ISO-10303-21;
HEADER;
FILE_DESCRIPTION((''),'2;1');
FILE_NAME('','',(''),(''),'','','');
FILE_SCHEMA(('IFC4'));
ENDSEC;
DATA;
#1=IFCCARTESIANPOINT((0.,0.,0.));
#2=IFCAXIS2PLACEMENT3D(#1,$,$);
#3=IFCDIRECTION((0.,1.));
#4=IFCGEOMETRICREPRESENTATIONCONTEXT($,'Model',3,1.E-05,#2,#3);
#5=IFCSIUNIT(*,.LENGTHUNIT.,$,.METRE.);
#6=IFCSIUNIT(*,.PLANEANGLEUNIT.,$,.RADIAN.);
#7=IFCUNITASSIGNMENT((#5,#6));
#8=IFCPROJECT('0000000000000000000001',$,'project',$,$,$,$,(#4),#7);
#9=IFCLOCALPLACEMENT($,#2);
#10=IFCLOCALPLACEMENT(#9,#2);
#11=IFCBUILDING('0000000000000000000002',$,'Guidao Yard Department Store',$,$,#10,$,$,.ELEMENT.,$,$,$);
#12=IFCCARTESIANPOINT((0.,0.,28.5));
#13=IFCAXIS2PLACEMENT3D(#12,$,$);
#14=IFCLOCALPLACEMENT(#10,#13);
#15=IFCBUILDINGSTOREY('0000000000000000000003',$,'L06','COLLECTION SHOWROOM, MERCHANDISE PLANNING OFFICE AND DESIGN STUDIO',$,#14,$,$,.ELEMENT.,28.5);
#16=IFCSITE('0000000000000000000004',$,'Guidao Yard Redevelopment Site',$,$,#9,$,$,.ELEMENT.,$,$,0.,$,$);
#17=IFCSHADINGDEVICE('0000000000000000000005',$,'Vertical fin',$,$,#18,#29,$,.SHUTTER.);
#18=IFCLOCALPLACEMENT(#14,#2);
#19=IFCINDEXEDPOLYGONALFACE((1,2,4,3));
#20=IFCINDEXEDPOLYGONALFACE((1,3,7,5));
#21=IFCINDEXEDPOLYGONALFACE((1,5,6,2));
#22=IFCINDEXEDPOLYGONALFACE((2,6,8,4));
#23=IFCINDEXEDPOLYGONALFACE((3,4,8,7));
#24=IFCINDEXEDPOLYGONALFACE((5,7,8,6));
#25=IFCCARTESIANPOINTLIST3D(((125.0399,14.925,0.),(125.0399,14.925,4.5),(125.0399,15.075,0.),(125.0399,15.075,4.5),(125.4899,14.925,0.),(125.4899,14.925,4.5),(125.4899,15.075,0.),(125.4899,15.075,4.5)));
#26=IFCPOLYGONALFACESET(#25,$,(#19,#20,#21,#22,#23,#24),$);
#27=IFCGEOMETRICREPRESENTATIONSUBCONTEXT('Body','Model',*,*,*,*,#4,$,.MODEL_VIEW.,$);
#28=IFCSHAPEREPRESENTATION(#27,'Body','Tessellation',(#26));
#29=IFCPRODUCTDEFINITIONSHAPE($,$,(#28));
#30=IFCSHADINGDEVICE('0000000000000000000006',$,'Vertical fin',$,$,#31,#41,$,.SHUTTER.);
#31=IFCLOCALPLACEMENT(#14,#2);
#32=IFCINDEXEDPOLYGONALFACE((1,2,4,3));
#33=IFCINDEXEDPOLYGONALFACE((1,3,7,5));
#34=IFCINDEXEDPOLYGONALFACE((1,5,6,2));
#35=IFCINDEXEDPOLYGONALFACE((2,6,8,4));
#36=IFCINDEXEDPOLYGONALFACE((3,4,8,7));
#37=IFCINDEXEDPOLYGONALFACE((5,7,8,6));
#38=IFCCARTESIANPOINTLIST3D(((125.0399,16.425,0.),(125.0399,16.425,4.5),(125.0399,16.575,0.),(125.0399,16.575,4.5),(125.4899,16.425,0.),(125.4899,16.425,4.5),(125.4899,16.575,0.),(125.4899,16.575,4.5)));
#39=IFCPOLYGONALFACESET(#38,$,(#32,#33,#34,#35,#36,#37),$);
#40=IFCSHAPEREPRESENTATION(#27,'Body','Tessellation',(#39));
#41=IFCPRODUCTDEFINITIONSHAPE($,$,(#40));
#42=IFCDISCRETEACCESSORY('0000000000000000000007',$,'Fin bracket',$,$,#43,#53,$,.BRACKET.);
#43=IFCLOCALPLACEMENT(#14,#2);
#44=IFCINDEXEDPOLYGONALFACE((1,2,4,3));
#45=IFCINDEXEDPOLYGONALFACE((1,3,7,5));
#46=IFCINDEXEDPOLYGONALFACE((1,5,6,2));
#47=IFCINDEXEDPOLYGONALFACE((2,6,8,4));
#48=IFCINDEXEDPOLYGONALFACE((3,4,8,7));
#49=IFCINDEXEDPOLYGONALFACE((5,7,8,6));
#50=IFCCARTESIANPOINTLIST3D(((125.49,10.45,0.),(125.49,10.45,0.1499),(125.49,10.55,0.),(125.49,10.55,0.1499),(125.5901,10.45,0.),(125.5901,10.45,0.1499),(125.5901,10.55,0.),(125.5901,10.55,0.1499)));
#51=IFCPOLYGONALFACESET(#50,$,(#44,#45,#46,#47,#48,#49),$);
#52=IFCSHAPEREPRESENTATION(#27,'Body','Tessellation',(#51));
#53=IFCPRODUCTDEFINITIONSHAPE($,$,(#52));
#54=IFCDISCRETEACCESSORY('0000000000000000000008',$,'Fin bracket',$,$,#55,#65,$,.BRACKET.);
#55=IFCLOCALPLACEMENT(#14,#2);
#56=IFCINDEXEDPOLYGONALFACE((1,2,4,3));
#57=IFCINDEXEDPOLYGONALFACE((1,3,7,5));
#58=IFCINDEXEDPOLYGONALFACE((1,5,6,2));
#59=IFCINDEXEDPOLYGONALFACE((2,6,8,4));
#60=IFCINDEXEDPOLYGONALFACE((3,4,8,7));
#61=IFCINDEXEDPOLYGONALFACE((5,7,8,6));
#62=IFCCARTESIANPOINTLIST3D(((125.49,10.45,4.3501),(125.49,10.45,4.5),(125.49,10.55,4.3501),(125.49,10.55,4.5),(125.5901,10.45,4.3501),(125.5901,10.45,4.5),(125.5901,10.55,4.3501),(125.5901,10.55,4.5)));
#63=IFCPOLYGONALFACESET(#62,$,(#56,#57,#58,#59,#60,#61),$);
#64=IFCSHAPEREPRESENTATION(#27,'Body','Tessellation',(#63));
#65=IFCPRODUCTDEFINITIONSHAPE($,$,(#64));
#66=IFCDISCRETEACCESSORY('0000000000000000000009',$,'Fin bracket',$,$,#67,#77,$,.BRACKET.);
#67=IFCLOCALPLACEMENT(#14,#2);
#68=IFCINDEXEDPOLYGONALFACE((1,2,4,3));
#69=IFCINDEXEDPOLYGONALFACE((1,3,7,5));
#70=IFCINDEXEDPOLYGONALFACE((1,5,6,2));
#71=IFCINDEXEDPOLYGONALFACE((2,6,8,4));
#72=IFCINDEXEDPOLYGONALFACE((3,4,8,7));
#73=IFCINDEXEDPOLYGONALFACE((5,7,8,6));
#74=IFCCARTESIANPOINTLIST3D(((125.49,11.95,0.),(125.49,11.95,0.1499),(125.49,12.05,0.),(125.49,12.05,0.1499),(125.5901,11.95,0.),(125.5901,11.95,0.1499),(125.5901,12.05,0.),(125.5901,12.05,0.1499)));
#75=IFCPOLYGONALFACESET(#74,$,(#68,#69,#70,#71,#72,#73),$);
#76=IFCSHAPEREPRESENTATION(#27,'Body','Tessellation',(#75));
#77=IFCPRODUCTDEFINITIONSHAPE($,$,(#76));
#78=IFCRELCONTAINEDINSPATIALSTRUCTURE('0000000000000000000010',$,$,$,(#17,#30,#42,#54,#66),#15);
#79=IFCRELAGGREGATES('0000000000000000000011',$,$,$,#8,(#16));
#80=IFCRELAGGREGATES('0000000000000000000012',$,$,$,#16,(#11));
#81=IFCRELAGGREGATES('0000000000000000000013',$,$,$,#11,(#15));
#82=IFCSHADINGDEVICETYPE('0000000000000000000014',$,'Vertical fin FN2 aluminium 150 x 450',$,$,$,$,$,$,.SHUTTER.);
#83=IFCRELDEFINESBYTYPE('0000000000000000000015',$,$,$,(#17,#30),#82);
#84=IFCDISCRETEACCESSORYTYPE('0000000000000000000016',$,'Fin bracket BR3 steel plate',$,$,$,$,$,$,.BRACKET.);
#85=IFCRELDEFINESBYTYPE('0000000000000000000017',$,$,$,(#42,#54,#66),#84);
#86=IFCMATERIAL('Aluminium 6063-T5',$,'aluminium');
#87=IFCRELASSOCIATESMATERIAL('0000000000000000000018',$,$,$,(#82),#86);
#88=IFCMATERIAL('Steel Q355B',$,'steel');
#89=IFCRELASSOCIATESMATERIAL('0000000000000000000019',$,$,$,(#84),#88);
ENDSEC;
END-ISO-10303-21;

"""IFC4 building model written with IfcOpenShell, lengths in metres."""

from ifc_helpers import new_model, si_unit, direction, frame, origin, origin_2d, place, context, subcontext, project, spatial, rectangle, extrude, material, type_object, element, save


model = new_model("IFC4")

# Units and contexts
model_context = context("Model", 3, precision=1e-05, world=origin(), true_north=direction((0.0, 1.0)))
body_context = subcontext(model_context, "Body", "Model", "MODEL_VIEW")
ifc_project = project(units=[si_unit("LENGTHUNIT", "METRE"), si_unit("PLANEANGLEUNIT", "RADIAN")], contexts=[model_context])

# Site, building, storey
site_placement = place(None, origin())
site = spatial("IfcSite", under=ifc_project, at=site_placement, Name="Guidao Yard Redevelopment Site", CompositionType="ELEMENT", RefElevation=0.0)
building_placement = place(site_placement, origin())
building = spatial("IfcBuilding", under=site, at=building_placement, Name="Guidao Yard Department Store", CompositionType="ELEMENT")
storey_placement = place(building_placement, frame((0.0, 0.0, 28.5)))
storey = spatial("IfcBuildingStorey", under=building, at=storey_placement, Name="L06", Description="COLLECTION SHOWROOM, MERCHANDISE PLANNING OFFICE AND DESIGN STUDIO", CompositionType="ELEMENT", Elevation=28.5)

# Shading devices
ifc_material_1 = material(Name="Aluminium 6063-T5", Category="aluminium")
shading_device_type = type_object("IfcShadingDeviceType", Name="Vertical fin FN2 aluminium 150 x 450", PredefinedType="SHUTTER", material=ifc_material_1)
for number, where, z_axis, x_axis, name in (
    (1, (125.2649, 15.0, 0.0), (0.0, 0.0, 1.0), (0.0, 1.0, 0.0), "Vertical fin"),
    (2, (125.2649, 16.5, 0.0), (0.0, 0.0, 1.0), (0.0, 1.0, 0.0), "Vertical fin"),
):
    element("IfcShadingDevice", number, at=place(storey_placement, frame(where, z_axis=z_axis, x_axis=x_axis)), inside=storey, type_object=shading_device_type, Name=name, PredefinedType="SHUTTER", context=body_context, shape_type="SweptSolid", body=[
        extrude(rectangle(XDim=0.1499, YDim=0.45, at=origin_2d()), origin(), (0.0, 0.0, 1.0), 4.5),
    ])

# Discrete accessories
ifc_material_2 = material(Name="Steel Q355B", Category="steel")
discrete_accessory_type = type_object("IfcDiscreteAccessoryType", Name="Fin bracket BR3 steel plate", PredefinedType="BRACKET", material=ifc_material_2)
for number, where, z_axis, x_axis, name in (
    (3, (125.54, 10.5, 0.0), (0.0, 0.0, 1.0), (0.0, 1.0, 0.0), "Fin bracket"),
    (4, (125.54, 10.5, 4.3501), (0.0, 0.0, 1.0), (0.0, 1.0, 0.0), "Fin bracket"),
    (5, (125.54, 12.0, 0.0), (0.0, 0.0, 1.0), (0.0, 1.0, 0.0), "Fin bracket"),
):
    element("IfcDiscreteAccessory", number, at=place(storey_placement, frame(where, z_axis=z_axis, x_axis=x_axis)), inside=storey, type_object=discrete_accessory_type, Name=name, PredefinedType="BRACKET", context=body_context, shape_type="SweptSolid", body=[
        extrude(rectangle(XDim=0.1001, YDim=0.1001, at=origin_2d()), origin(), (0.0, 0.0, 1.0), 0.1499),
    ])

save(model, "model.ifc")
